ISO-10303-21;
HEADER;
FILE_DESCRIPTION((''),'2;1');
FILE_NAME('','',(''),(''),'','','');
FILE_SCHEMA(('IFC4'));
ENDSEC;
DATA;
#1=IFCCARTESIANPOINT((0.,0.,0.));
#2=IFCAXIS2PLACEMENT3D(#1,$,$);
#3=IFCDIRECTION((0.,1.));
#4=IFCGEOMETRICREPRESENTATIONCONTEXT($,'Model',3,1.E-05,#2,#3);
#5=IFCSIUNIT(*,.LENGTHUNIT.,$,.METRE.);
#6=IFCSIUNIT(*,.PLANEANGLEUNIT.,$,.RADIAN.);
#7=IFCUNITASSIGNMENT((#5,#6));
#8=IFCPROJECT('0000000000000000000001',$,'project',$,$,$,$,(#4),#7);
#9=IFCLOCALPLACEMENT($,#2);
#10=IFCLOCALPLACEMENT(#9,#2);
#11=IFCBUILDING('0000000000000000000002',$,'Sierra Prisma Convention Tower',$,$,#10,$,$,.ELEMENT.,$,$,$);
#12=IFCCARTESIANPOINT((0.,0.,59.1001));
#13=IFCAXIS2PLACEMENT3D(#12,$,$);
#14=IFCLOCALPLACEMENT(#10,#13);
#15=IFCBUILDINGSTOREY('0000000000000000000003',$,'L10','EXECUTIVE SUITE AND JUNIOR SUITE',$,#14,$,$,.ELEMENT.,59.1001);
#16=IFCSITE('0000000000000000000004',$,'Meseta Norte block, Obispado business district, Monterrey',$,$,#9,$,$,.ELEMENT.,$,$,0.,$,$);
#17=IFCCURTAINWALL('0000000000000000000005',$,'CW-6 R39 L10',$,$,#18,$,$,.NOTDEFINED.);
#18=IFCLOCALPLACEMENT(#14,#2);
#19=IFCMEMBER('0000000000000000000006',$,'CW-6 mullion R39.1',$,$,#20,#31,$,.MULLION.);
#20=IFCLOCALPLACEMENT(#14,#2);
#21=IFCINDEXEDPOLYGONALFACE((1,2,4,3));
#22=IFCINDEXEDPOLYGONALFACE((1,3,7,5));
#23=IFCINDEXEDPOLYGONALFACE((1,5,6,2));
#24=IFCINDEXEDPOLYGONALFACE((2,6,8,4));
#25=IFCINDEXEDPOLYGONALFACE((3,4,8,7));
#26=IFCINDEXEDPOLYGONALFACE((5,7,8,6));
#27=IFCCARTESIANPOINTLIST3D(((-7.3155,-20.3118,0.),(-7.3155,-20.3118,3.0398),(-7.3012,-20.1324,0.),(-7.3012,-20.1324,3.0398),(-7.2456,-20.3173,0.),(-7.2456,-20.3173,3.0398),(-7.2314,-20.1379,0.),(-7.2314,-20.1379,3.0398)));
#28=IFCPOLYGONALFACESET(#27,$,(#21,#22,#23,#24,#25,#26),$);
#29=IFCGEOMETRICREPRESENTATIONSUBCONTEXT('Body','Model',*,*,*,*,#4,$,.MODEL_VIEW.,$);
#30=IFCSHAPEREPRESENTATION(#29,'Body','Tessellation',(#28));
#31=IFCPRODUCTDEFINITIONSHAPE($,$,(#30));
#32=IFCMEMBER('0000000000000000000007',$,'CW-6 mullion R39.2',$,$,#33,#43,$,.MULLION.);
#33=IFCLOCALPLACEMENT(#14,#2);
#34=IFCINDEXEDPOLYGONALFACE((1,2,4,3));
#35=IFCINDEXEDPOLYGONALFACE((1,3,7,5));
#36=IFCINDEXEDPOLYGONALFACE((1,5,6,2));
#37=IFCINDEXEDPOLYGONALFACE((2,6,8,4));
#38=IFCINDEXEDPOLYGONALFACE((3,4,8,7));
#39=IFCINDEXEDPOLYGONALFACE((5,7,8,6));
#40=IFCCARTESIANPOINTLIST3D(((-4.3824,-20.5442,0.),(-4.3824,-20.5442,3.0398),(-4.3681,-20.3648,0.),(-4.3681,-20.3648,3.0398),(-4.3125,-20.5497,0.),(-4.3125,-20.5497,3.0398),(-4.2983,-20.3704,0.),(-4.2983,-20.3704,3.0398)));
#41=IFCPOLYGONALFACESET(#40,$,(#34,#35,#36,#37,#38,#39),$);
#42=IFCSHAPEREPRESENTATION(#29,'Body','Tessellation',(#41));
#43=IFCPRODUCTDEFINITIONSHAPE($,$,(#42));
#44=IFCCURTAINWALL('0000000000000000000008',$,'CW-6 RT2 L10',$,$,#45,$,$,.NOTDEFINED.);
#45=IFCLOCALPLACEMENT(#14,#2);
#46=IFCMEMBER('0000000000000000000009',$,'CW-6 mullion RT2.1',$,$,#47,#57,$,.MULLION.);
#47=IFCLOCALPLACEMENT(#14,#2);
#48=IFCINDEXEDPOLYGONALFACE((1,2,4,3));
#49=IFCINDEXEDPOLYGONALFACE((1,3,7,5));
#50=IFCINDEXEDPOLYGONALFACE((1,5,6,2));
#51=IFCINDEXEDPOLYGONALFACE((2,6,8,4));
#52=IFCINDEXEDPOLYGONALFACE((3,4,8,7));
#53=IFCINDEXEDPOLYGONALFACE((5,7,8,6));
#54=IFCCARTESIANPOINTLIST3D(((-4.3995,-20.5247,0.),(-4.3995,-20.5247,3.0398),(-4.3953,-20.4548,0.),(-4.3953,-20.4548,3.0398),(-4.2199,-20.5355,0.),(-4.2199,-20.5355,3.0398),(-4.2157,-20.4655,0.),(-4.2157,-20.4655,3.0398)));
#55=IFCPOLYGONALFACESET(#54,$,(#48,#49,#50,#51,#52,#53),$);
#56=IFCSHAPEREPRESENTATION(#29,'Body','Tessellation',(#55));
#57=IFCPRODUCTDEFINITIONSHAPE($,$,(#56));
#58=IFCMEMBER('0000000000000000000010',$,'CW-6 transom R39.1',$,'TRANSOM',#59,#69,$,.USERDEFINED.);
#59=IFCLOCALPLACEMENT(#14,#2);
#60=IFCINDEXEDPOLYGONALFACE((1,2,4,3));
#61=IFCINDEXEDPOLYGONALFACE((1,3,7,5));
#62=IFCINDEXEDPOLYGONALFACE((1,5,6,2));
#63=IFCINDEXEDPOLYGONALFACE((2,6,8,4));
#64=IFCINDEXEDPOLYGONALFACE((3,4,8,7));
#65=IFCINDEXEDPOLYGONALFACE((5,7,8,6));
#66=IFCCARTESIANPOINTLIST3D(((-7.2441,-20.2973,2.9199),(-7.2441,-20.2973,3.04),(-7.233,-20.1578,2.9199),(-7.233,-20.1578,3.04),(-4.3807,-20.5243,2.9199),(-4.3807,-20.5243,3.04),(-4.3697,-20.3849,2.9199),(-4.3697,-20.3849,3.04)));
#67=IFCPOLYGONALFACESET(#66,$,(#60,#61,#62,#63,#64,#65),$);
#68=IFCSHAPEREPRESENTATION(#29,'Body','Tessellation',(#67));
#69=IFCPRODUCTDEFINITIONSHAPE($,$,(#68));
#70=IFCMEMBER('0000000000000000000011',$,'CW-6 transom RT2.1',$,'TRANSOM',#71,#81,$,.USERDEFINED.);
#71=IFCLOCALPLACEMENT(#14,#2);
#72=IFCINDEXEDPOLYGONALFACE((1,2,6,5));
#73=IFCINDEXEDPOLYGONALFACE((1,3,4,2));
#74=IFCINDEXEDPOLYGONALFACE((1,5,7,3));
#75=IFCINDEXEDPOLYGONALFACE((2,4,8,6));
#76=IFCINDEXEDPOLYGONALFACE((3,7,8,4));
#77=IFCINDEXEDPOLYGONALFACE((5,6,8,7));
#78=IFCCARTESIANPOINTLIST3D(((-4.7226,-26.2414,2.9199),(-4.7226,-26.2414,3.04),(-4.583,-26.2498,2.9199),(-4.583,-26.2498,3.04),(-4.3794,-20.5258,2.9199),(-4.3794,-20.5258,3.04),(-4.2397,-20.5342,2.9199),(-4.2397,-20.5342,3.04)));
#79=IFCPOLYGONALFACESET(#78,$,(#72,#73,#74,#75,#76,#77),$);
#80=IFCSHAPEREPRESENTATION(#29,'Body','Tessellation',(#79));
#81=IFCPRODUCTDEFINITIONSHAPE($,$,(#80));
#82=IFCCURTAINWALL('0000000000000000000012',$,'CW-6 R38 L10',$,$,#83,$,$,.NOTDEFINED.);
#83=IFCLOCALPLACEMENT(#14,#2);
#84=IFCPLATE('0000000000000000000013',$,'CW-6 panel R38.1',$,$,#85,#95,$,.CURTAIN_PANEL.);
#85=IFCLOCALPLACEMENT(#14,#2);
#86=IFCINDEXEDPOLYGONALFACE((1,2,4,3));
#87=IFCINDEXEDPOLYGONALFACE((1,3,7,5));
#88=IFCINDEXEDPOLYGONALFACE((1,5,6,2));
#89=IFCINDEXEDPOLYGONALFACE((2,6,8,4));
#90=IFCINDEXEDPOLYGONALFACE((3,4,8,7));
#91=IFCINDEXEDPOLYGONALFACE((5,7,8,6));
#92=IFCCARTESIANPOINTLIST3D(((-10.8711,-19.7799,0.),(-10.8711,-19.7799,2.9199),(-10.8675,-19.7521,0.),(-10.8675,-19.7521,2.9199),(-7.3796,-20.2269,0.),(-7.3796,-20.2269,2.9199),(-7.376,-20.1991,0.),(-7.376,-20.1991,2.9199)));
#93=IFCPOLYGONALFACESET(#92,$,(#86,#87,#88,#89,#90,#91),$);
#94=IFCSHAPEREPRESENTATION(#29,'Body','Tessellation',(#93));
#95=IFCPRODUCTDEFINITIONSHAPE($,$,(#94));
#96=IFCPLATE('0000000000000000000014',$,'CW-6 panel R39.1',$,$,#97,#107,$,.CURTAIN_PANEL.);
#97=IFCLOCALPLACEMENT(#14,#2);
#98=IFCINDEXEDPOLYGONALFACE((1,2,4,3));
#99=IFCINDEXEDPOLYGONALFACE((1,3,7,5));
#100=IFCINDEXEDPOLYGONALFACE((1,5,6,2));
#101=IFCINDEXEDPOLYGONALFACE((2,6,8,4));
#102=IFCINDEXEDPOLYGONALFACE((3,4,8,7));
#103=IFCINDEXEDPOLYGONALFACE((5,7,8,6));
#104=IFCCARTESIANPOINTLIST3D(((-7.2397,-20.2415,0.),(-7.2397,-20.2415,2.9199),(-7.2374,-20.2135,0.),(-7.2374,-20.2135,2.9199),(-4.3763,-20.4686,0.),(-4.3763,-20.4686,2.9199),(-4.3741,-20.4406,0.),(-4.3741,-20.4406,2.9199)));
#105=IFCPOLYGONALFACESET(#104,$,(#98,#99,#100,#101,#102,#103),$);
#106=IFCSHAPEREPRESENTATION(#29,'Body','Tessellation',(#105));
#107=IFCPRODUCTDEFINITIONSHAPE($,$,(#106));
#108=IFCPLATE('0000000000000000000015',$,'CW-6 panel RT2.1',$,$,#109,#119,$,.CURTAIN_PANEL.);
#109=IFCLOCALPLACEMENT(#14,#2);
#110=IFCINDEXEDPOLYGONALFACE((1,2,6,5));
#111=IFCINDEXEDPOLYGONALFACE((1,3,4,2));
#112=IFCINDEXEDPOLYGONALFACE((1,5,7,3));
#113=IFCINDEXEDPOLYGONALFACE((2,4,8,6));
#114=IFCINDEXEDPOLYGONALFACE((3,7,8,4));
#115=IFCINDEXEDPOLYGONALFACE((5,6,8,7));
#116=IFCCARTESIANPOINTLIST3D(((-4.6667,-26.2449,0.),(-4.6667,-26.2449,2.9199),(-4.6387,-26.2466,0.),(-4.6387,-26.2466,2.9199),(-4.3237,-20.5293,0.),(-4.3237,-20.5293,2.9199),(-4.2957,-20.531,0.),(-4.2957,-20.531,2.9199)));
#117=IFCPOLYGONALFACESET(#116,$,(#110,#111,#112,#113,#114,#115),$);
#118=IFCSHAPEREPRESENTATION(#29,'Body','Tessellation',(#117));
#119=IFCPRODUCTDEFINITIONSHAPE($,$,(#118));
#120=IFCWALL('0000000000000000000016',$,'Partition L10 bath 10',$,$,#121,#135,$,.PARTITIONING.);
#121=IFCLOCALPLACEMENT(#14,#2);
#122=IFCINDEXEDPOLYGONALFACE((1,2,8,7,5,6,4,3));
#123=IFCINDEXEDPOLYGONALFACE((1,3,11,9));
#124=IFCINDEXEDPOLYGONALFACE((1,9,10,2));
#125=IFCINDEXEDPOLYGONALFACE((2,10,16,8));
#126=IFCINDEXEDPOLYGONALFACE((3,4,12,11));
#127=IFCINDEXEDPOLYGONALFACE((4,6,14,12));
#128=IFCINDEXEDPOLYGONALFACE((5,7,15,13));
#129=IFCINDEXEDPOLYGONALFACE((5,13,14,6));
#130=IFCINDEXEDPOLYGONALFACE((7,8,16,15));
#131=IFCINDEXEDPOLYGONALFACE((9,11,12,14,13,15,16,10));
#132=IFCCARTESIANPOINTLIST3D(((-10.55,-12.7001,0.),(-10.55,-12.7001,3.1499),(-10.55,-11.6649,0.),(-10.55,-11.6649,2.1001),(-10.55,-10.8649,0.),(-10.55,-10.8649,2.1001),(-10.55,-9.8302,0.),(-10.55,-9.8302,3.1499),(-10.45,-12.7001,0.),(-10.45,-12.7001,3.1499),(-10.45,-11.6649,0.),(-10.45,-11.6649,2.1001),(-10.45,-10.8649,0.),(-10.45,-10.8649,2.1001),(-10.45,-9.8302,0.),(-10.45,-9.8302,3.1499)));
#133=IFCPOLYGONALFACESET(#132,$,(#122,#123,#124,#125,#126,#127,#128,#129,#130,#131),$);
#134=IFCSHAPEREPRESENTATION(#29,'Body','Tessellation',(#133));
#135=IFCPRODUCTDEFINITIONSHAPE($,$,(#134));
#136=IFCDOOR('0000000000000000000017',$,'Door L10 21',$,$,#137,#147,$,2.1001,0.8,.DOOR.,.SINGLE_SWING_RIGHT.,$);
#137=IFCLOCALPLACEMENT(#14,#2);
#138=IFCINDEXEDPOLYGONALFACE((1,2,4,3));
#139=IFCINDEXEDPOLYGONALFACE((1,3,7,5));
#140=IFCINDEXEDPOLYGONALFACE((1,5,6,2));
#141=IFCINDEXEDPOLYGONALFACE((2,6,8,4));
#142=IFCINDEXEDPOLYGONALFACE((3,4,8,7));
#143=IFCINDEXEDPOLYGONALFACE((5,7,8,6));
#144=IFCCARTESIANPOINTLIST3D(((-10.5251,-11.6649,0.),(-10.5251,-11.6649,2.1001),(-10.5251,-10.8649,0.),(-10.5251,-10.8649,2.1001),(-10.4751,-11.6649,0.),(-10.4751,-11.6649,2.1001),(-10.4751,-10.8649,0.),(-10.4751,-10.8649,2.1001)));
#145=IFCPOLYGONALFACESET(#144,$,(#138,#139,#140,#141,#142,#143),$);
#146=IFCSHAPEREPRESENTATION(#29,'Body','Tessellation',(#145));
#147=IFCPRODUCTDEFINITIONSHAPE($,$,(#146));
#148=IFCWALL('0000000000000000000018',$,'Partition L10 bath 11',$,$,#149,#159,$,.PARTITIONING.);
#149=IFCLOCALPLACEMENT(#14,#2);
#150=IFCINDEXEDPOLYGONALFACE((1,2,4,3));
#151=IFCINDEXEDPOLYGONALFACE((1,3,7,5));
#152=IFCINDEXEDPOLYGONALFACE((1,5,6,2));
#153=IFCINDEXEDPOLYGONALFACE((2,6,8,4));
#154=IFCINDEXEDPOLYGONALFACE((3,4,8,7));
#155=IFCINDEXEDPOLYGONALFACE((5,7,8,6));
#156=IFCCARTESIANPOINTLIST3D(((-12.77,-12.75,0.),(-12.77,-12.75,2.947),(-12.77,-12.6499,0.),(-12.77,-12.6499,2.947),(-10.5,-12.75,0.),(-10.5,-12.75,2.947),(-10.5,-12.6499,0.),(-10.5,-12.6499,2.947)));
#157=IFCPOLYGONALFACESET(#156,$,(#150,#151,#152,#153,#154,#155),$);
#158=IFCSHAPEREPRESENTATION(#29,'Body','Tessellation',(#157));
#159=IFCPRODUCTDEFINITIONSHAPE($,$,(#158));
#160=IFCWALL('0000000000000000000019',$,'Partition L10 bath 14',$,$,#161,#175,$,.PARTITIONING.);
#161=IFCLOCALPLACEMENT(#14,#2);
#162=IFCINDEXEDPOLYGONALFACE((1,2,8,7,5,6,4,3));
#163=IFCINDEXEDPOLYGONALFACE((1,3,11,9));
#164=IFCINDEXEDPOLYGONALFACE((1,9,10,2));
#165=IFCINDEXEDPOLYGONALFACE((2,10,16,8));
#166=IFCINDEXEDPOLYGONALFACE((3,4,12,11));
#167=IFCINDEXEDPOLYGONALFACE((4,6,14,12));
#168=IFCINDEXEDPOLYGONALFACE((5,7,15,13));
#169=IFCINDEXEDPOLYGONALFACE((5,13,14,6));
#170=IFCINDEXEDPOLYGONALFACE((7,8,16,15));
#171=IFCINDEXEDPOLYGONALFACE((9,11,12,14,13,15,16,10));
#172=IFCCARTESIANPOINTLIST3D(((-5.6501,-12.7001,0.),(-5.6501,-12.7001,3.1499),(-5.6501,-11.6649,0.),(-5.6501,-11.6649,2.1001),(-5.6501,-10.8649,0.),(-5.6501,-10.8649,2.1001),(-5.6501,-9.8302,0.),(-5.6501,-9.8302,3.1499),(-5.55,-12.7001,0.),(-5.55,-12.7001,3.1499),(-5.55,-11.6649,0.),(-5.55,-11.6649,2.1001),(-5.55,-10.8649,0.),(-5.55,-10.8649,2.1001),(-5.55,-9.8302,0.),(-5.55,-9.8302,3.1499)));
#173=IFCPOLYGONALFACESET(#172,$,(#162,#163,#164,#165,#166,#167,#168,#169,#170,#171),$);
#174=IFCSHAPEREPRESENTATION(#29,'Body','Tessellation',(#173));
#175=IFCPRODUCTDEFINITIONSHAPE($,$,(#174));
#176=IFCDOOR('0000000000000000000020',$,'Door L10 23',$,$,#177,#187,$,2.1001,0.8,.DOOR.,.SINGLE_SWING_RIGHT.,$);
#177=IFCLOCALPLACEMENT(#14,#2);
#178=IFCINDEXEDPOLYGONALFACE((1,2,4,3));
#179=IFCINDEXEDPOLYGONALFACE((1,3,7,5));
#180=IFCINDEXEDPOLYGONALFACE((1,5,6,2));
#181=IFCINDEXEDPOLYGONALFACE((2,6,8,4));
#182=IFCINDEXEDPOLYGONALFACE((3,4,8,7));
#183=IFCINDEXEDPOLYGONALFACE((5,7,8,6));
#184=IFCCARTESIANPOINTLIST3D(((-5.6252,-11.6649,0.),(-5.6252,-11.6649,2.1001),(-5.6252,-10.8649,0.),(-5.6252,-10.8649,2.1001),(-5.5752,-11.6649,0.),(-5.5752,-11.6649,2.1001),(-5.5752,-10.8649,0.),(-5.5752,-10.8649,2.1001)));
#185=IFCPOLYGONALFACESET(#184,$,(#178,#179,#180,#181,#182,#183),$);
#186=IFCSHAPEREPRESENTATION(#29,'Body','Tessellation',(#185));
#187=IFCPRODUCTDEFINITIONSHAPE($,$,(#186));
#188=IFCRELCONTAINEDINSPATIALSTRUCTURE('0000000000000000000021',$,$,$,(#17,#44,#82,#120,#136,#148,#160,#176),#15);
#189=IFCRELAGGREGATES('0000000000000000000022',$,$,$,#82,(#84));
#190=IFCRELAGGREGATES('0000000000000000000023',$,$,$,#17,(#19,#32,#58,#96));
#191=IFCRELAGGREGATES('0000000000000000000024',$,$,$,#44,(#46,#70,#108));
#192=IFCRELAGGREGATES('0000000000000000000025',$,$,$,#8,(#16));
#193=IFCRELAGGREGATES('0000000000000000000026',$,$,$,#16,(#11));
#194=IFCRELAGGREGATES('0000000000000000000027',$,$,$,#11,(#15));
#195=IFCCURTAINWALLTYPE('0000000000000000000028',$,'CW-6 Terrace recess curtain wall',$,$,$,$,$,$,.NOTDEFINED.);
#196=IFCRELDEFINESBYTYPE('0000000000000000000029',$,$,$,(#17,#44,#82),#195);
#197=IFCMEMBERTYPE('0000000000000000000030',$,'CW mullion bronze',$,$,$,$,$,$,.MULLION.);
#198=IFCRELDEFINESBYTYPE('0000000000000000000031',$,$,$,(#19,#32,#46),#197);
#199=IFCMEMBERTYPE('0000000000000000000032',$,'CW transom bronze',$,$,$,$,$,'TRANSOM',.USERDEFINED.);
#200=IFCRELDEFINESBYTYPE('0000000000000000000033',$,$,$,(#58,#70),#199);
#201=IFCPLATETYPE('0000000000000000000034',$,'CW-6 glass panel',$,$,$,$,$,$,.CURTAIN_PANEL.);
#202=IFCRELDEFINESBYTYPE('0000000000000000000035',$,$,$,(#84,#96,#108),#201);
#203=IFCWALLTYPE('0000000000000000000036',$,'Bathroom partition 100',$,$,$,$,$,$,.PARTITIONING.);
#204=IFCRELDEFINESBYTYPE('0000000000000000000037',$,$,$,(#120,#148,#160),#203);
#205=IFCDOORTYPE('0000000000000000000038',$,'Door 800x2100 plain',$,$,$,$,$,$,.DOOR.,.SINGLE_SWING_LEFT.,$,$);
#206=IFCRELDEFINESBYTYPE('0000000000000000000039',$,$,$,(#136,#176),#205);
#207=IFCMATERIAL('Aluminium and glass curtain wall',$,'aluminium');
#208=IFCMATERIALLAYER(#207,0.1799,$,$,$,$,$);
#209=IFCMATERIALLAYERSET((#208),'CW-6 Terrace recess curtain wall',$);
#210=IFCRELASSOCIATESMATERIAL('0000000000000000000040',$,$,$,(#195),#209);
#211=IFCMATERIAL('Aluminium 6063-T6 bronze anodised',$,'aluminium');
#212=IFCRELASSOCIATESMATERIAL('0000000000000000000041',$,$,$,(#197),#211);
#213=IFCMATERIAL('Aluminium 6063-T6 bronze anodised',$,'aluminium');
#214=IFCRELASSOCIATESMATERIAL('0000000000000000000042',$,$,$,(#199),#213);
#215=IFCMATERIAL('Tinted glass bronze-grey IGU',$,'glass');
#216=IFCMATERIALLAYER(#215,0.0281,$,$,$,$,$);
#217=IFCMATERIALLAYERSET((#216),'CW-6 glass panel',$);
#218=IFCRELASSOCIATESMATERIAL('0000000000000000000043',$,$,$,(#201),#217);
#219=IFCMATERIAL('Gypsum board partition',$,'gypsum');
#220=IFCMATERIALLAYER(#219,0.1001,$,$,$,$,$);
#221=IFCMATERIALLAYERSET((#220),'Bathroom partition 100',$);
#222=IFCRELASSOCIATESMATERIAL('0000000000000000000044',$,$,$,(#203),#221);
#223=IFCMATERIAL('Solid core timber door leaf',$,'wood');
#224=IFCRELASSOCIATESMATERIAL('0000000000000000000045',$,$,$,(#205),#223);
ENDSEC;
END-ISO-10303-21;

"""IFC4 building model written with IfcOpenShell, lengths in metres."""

from ifc_helpers import new_model, si_unit, direction, frame, frame_2d, origin, origin_2d, place, context, subcontext, project, spatial, rectangle, extrude, material, layer, layer_set, material_profile, profile_set, type_object, element, fill, aggregate, save


model = new_model("IFC4")

# Units and contexts
model_context = context("Model", 3, precision=1e-05, world=origin(), true_north=direction((0.0, 1.0)))
body_context = subcontext(model_context, "Body", "Model", "MODEL_VIEW")
ifc_project = project(units=[si_unit("LENGTHUNIT", "METRE"), si_unit("PLANEANGLEUNIT", "RADIAN")], contexts=[model_context])

# Site, building, storey
site_placement = place(None, origin())
site = spatial("IfcSite", under=ifc_project, at=site_placement, Name="Meseta Norte block, Obispado business district, Monterrey", CompositionType="ELEMENT", RefElevation=0.0)
building_placement = place(site_placement, origin())
building = spatial("IfcBuilding", under=site, at=building_placement, Name="Sierra Prisma Convention Tower", CompositionType="ELEMENT")
storey_placement = place(building_placement, frame((0.0, 0.0, 59.1001)))
storey = spatial("IfcBuildingStorey", under=building, at=storey_placement, Name="L10", Description="EXECUTIVE SUITE AND JUNIOR SUITE", CompositionType="ELEMENT", Elevation=59.1001)

# Curtain wall, members
ifc_material_1 = material(Name="Aluminium and glass curtain wall", Category="aluminium")
ifc_layer_1 = layer(ifc_material_1, 0.1799)
ifc_layer_set_1 = layer_set([ifc_layer_1], Name="CW-6 Terrace recess curtain wall")
curtain_wall_type = type_object("IfcCurtainWallType", Name="CW-6 Terrace recess curtain wall", PredefinedType="NOTDEFINED", material=ifc_layer_set_1)
curtain_wall_1_placement = place(storey_placement, origin())
curtain_wall_1 = element("IfcCurtainWall", 1, at=curtain_wall_1_placement, inside=storey, type_object=curtain_wall_type, Name="CW-6 R39 L10", PredefinedType="NOTDEFINED")
ifc_material_2 = material(Name="Aluminium 6063-T6 bronze anodised", Category="aluminium")
ifc_material_profile_1 = material_profile(ifc_material_2, rectangle(XDim=0.1799, YDim=0.0701, at=origin_2d()), Name="ALU MULLION 70x180")
ifc_profile_set_1 = profile_set([ifc_material_profile_1], Name="Aluminium 6063-T6 bronze anodised")
member_type_1 = type_object("IfcMemberType", Name="CW mullion bronze", PredefinedType="MULLION", material=ifc_profile_set_1)
member_1_placement = place(storey_placement, frame((-7.2734, -20.2249, 0.0), z_axis=(0.0, 0.0, 1.0), x_axis=(0.079058, 0.99687, 0.0)))
member_1 = element("IfcMember", 2, at=member_1_placement, type_object=member_type_1, Name="CW-6 mullion R39.1", PredefinedType="MULLION", context=body_context, shape_type="SweptSolid", body=[
    extrude(rectangle(XDim=0.1799, YDim=0.0701, at=origin_2d()), origin(), (0.0, 0.0, 1.0), 3.0398),
])
member_2_placement = place(storey_placement, frame((-4.3403, -20.4573, 0.0), z_axis=(0.0, 0.0, 1.0), x_axis=(0.079058, 0.99687, 0.0)))
member_2 = element("IfcMember", 3, at=member_2_placement, type_object=member_type_1, Name="CW-6 mullion R39.2", PredefinedType="MULLION", context=body_context, shape_type="SweptSolid", body=[
    extrude(rectangle(XDim=0.1799, YDim=0.0701, at=origin_2d()), origin(), (0.0, 0.0, 1.0), 3.0398),
])

# Curtain wall, member
curtain_wall_2_placement = place(storey_placement, origin())
curtain_wall_2 = element("IfcCurtainWall", 4, at=curtain_wall_2_placement, inside=storey, type_object=curtain_wall_type, Name="CW-6 RT2 L10", PredefinedType="NOTDEFINED")
member_3_placement = place(storey_placement, frame((-4.3076, -20.4951, 0.0), z_axis=(0.0, 0.0, 1.0), x_axis=(0.998204, -0.059914, 0.0)))
member_3 = element("IfcMember", 5, at=member_3_placement, type_object=member_type_1, Name="CW-6 mullion RT2.1", PredefinedType="MULLION", context=body_context, shape_type="SweptSolid", body=[
    extrude(rectangle(XDim=0.1799, YDim=0.0701, at=origin_2d()), origin(), (0.0, 0.0, 1.0), 3.0398),
])

# Members
ifc_material_3 = material(Name="Aluminium 6063-T6 bronze anodised", Category="aluminium")
ifc_material_profile_2 = material_profile(ifc_material_3, rectangle(XDim=0.1399, YDim=0.1201, at=origin_2d()), Name="ALU TRANSOM 120x140")
ifc_profile_set_2 = profile_set([ifc_material_profile_2], Name="Aluminium 6063-T6 bronze anodised")
member_type_2 = type_object("IfcMemberType", Name="CW transom bronze", ElementType="TRANSOM", PredefinedType="USERDEFINED", material=ifc_profile_set_2)
member_4_placement = place(storey_placement, frame((-7.2385, -20.2275, 2.98), z_axis=(0.996871, -0.079049, 0.0), x_axis=(0.079049, 0.996871, 0.0)))
member_4 = element("IfcMember", 6, at=member_4_placement, type_object=member_type_2, Name="CW-6 transom R39.1", ObjectType="TRANSOM", PredefinedType="USERDEFINED", context=body_context, shape_type="SweptSolid", body=[
    extrude(rectangle(XDim=0.1399, YDim=0.1201, at=origin_2d()), origin(), (0.0, 0.0, 1.0), 2.8723),
])
member_5_placement = place(storey_placement, frame((-4.3096, -20.53, 2.98), z_axis=(-0.059949, -0.998201, 0.0), x_axis=(0.998201, -0.059949, 0.0)))
member_5 = element("IfcMember", 7, at=member_5_placement, type_object=member_type_2, Name="CW-6 transom RT2.1", ObjectType="TRANSOM", PredefinedType="USERDEFINED", context=body_context, shape_type="SweptSolid", body=[
    extrude(rectangle(XDim=0.1399, YDim=0.1201, at=origin_2d()), origin(), (0.0, 0.0, 1.0), 5.7258),
])

# Curtain wall, plate
curtain_wall_3_placement = place(storey_placement, origin())
curtain_wall_3 = element("IfcCurtainWall", 8, at=curtain_wall_3_placement, inside=storey, type_object=curtain_wall_type, Name="CW-6 R38 L10", PredefinedType="NOTDEFINED")
ifc_material_4 = material(Name="Tinted glass bronze-grey IGU", Category="glass")
ifc_layer_2 = layer(ifc_material_4, 0.0281)
ifc_layer_set_2 = layer_set([ifc_layer_2], Name="CW-6 glass panel")
plate_type = type_object("IfcPlateType", Name="CW-6 glass panel", PredefinedType="CURTAIN_PANEL", material=ifc_layer_set_2)
plate_1_placement = place(storey_placement, frame((-9.1235, -19.9895, 0.0), z_axis=(0.0, 0.0, 1.0), x_axis=(0.991904, -0.126993, 0.0)))
plate_1 = element("IfcPlate", 9, at=plate_1_placement, type_object=plate_type, Name="CW-6 panel R38.1", PredefinedType="CURTAIN_PANEL", context=body_context, shape_type="SweptSolid", body=[
    extrude(rectangle(XDim=3.52, YDim=0.0281, at=origin_2d()), origin(), (0.0, 0.0, 1.0), 2.9199),
])
aggregate(curtain_wall_3, [plate_1])

# Plates
plate_2_placement = place(storey_placement, frame((-5.8069, -20.3411, 0.0), z_axis=(0.0, 0.0, 1.0), x_axis=(0.99687, -0.079058, 0.0)))
plate_2 = element("IfcPlate", 10, at=plate_2_placement, type_object=plate_type, Name="CW-6 panel R39.1", PredefinedType="CURTAIN_PANEL", context=body_context, shape_type="SweptSolid", body=[
    extrude(rectangle(XDim=2.8723, YDim=0.0281, at=origin_2d()), origin(), (0.0, 0.0, 1.0), 2.9199),
])
aggregate(curtain_wall_1, [member_1, member_2, member_4, plate_2])
plate_3_placement = place(storey_placement, frame((-4.4812, -23.3879, 0.0), z_axis=(0.0, 0.0, 1.0), x_axis=(-0.059914, -0.998204, 0.0)))
plate_3 = element("IfcPlate", 11, at=plate_3_placement, type_object=plate_type, Name="CW-6 panel RT2.1", PredefinedType="CURTAIN_PANEL", context=body_context, shape_type="SweptSolid", body=[
    extrude(rectangle(XDim=5.7258, YDim=0.0281, at=origin_2d()), origin(), (0.0, 0.0, 1.0), 2.9199),
])
aggregate(curtain_wall_2, [member_3, member_5, plate_3])

# Wall, opening, door
ifc_material_5 = material(Name="Gypsum board partition", Category="gypsum")
ifc_layer_3 = layer(ifc_material_5, 0.1001)
ifc_layer_set_3 = layer_set([ifc_layer_3], Name="Bathroom partition 100")
wall_type = type_object("IfcWallType", Name="Bathroom partition 100", PredefinedType="PARTITIONING", material=ifc_layer_set_3)
wall_1_placement = place(storey_placement, frame((-10.5, -9.8301, 0.0), z_axis=(0.0, 0.0, 1.0), x_axis=(0.0, -1.0, 0.0)))
wall_1 = element("IfcWall", 12, at=wall_1_placement, inside=storey, type_object=wall_type, Name="Partition L10 bath 10", PredefinedType="PARTITIONING", context=body_context, shape_type="SweptSolid", body=[
    extrude(rectangle(XDim=2.8699, YDim=0.1001, at=frame_2d((1.4351, 0.0))), origin(), (0.0, 0.0, 1.0), 3.1499),
])
opening_1_placement = place(wall_1_placement, frame((1.0349, 0.0, 0.0)))
opening_1 = element("IfcOpeningElement", 13, at=opening_1_placement, cuts=wall_1, PredefinedType="OPENING", context=body_context, shape_type="SweptSolid", body=[
    extrude(rectangle(XDim=0.8, YDim=2.1001, at=frame_2d((0.3999, 1.05))), frame((0.0, 0.05, 0.0), z_axis=(0.0, -1.0, 0.0), x_axis=(1.0, 0.0, 0.0)), (0.0, 0.0, 1.0), 0.1001),
])
ifc_material_6 = material(Name="Solid core timber door leaf", Category="wood")
door_type = type_object("IfcDoorType", Name="Door 800x2100 plain", OperationType="SINGLE_SWING_LEFT", PredefinedType="DOOR", material=ifc_material_6)
door_1_placement = place(opening_1_placement, origin())
door_1 = element("IfcDoor", 14, at=door_1_placement, inside=storey, type_object=door_type, Name="Door L10 21", OperationType="SINGLE_SWING_RIGHT", OverallHeight=2.1001, OverallWidth=0.8, PredefinedType="DOOR", context=body_context, shape_type="SweptSolid", body=[
    extrude(rectangle(XDim=0.8, YDim=2.1001, at=frame_2d((0.3999, 1.05))), frame((0.0, 0.0249, 0.0), z_axis=(0.0, -1.0, 0.0), x_axis=(1.0, 0.0, 0.0)), (0.0, 0.0, 1.0), 0.05),
])
fill(opening_1, door_1)

# Wall
wall_2_placement = place(storey_placement, frame((-10.5, -12.7, 0.0), z_axis=(0.0, 0.0, 1.0), x_axis=(-1.0, 0.0, 0.0)))
element("IfcWall", 15, at=wall_2_placement, inside=storey, type_object=wall_type, Name="Partition L10 bath 11", PredefinedType="PARTITIONING", context=body_context, shape_type="SweptSolid", body=[
    extrude(rectangle(XDim=2.27, YDim=0.1001, at=frame_2d((1.135, 0.0))), origin(), (0.0, 0.0, 1.0), 2.947),
])

# Wall, opening, door
wall_3_placement = place(storey_placement, frame((-5.6001, -9.8301, 0.0), z_axis=(0.0, 0.0, 1.0), x_axis=(0.0, -1.0, 0.0)))
wall_3 = element("IfcWall", 16, at=wall_3_placement, inside=storey, type_object=wall_type, Name="Partition L10 bath 14", PredefinedType="PARTITIONING", context=body_context, shape_type="SweptSolid", body=[
    extrude(rectangle(XDim=2.8699, YDim=0.1001, at=frame_2d((1.4351, 0.0))), origin(), (0.0, 0.0, 1.0), 3.1499),
])
opening_2_placement = place(wall_3_placement, frame((1.0349, 0.0, 0.0)))
opening_2 = element("IfcOpeningElement", 17, at=opening_2_placement, cuts=wall_3, PredefinedType="OPENING", context=body_context, shape_type="SweptSolid", body=[
    extrude(rectangle(XDim=0.8, YDim=2.1001, at=frame_2d((0.3999, 1.05))), frame((0.0, 0.05, 0.0), z_axis=(0.0, -1.0, 0.0), x_axis=(1.0, 0.0, 0.0)), (0.0, 0.0, 1.0), 0.1001),
])
door_2_placement = place(opening_2_placement, origin())
door_2 = element("IfcDoor", 18, at=door_2_placement, inside=storey, type_object=door_type, Name="Door L10 23", OperationType="SINGLE_SWING_RIGHT", OverallHeight=2.1001, OverallWidth=0.8, PredefinedType="DOOR", context=body_context, shape_type="SweptSolid", body=[
    extrude(rectangle(XDim=0.8, YDim=2.1001, at=frame_2d((0.3999, 1.05))), frame((0.0, 0.0249, 0.0), z_axis=(0.0, -1.0, 0.0), x_axis=(1.0, 0.0, 0.0)), (0.0, 0.0, 1.0), 0.05),
])
fill(opening_2, door_2)

save(model, "model.ifc")
